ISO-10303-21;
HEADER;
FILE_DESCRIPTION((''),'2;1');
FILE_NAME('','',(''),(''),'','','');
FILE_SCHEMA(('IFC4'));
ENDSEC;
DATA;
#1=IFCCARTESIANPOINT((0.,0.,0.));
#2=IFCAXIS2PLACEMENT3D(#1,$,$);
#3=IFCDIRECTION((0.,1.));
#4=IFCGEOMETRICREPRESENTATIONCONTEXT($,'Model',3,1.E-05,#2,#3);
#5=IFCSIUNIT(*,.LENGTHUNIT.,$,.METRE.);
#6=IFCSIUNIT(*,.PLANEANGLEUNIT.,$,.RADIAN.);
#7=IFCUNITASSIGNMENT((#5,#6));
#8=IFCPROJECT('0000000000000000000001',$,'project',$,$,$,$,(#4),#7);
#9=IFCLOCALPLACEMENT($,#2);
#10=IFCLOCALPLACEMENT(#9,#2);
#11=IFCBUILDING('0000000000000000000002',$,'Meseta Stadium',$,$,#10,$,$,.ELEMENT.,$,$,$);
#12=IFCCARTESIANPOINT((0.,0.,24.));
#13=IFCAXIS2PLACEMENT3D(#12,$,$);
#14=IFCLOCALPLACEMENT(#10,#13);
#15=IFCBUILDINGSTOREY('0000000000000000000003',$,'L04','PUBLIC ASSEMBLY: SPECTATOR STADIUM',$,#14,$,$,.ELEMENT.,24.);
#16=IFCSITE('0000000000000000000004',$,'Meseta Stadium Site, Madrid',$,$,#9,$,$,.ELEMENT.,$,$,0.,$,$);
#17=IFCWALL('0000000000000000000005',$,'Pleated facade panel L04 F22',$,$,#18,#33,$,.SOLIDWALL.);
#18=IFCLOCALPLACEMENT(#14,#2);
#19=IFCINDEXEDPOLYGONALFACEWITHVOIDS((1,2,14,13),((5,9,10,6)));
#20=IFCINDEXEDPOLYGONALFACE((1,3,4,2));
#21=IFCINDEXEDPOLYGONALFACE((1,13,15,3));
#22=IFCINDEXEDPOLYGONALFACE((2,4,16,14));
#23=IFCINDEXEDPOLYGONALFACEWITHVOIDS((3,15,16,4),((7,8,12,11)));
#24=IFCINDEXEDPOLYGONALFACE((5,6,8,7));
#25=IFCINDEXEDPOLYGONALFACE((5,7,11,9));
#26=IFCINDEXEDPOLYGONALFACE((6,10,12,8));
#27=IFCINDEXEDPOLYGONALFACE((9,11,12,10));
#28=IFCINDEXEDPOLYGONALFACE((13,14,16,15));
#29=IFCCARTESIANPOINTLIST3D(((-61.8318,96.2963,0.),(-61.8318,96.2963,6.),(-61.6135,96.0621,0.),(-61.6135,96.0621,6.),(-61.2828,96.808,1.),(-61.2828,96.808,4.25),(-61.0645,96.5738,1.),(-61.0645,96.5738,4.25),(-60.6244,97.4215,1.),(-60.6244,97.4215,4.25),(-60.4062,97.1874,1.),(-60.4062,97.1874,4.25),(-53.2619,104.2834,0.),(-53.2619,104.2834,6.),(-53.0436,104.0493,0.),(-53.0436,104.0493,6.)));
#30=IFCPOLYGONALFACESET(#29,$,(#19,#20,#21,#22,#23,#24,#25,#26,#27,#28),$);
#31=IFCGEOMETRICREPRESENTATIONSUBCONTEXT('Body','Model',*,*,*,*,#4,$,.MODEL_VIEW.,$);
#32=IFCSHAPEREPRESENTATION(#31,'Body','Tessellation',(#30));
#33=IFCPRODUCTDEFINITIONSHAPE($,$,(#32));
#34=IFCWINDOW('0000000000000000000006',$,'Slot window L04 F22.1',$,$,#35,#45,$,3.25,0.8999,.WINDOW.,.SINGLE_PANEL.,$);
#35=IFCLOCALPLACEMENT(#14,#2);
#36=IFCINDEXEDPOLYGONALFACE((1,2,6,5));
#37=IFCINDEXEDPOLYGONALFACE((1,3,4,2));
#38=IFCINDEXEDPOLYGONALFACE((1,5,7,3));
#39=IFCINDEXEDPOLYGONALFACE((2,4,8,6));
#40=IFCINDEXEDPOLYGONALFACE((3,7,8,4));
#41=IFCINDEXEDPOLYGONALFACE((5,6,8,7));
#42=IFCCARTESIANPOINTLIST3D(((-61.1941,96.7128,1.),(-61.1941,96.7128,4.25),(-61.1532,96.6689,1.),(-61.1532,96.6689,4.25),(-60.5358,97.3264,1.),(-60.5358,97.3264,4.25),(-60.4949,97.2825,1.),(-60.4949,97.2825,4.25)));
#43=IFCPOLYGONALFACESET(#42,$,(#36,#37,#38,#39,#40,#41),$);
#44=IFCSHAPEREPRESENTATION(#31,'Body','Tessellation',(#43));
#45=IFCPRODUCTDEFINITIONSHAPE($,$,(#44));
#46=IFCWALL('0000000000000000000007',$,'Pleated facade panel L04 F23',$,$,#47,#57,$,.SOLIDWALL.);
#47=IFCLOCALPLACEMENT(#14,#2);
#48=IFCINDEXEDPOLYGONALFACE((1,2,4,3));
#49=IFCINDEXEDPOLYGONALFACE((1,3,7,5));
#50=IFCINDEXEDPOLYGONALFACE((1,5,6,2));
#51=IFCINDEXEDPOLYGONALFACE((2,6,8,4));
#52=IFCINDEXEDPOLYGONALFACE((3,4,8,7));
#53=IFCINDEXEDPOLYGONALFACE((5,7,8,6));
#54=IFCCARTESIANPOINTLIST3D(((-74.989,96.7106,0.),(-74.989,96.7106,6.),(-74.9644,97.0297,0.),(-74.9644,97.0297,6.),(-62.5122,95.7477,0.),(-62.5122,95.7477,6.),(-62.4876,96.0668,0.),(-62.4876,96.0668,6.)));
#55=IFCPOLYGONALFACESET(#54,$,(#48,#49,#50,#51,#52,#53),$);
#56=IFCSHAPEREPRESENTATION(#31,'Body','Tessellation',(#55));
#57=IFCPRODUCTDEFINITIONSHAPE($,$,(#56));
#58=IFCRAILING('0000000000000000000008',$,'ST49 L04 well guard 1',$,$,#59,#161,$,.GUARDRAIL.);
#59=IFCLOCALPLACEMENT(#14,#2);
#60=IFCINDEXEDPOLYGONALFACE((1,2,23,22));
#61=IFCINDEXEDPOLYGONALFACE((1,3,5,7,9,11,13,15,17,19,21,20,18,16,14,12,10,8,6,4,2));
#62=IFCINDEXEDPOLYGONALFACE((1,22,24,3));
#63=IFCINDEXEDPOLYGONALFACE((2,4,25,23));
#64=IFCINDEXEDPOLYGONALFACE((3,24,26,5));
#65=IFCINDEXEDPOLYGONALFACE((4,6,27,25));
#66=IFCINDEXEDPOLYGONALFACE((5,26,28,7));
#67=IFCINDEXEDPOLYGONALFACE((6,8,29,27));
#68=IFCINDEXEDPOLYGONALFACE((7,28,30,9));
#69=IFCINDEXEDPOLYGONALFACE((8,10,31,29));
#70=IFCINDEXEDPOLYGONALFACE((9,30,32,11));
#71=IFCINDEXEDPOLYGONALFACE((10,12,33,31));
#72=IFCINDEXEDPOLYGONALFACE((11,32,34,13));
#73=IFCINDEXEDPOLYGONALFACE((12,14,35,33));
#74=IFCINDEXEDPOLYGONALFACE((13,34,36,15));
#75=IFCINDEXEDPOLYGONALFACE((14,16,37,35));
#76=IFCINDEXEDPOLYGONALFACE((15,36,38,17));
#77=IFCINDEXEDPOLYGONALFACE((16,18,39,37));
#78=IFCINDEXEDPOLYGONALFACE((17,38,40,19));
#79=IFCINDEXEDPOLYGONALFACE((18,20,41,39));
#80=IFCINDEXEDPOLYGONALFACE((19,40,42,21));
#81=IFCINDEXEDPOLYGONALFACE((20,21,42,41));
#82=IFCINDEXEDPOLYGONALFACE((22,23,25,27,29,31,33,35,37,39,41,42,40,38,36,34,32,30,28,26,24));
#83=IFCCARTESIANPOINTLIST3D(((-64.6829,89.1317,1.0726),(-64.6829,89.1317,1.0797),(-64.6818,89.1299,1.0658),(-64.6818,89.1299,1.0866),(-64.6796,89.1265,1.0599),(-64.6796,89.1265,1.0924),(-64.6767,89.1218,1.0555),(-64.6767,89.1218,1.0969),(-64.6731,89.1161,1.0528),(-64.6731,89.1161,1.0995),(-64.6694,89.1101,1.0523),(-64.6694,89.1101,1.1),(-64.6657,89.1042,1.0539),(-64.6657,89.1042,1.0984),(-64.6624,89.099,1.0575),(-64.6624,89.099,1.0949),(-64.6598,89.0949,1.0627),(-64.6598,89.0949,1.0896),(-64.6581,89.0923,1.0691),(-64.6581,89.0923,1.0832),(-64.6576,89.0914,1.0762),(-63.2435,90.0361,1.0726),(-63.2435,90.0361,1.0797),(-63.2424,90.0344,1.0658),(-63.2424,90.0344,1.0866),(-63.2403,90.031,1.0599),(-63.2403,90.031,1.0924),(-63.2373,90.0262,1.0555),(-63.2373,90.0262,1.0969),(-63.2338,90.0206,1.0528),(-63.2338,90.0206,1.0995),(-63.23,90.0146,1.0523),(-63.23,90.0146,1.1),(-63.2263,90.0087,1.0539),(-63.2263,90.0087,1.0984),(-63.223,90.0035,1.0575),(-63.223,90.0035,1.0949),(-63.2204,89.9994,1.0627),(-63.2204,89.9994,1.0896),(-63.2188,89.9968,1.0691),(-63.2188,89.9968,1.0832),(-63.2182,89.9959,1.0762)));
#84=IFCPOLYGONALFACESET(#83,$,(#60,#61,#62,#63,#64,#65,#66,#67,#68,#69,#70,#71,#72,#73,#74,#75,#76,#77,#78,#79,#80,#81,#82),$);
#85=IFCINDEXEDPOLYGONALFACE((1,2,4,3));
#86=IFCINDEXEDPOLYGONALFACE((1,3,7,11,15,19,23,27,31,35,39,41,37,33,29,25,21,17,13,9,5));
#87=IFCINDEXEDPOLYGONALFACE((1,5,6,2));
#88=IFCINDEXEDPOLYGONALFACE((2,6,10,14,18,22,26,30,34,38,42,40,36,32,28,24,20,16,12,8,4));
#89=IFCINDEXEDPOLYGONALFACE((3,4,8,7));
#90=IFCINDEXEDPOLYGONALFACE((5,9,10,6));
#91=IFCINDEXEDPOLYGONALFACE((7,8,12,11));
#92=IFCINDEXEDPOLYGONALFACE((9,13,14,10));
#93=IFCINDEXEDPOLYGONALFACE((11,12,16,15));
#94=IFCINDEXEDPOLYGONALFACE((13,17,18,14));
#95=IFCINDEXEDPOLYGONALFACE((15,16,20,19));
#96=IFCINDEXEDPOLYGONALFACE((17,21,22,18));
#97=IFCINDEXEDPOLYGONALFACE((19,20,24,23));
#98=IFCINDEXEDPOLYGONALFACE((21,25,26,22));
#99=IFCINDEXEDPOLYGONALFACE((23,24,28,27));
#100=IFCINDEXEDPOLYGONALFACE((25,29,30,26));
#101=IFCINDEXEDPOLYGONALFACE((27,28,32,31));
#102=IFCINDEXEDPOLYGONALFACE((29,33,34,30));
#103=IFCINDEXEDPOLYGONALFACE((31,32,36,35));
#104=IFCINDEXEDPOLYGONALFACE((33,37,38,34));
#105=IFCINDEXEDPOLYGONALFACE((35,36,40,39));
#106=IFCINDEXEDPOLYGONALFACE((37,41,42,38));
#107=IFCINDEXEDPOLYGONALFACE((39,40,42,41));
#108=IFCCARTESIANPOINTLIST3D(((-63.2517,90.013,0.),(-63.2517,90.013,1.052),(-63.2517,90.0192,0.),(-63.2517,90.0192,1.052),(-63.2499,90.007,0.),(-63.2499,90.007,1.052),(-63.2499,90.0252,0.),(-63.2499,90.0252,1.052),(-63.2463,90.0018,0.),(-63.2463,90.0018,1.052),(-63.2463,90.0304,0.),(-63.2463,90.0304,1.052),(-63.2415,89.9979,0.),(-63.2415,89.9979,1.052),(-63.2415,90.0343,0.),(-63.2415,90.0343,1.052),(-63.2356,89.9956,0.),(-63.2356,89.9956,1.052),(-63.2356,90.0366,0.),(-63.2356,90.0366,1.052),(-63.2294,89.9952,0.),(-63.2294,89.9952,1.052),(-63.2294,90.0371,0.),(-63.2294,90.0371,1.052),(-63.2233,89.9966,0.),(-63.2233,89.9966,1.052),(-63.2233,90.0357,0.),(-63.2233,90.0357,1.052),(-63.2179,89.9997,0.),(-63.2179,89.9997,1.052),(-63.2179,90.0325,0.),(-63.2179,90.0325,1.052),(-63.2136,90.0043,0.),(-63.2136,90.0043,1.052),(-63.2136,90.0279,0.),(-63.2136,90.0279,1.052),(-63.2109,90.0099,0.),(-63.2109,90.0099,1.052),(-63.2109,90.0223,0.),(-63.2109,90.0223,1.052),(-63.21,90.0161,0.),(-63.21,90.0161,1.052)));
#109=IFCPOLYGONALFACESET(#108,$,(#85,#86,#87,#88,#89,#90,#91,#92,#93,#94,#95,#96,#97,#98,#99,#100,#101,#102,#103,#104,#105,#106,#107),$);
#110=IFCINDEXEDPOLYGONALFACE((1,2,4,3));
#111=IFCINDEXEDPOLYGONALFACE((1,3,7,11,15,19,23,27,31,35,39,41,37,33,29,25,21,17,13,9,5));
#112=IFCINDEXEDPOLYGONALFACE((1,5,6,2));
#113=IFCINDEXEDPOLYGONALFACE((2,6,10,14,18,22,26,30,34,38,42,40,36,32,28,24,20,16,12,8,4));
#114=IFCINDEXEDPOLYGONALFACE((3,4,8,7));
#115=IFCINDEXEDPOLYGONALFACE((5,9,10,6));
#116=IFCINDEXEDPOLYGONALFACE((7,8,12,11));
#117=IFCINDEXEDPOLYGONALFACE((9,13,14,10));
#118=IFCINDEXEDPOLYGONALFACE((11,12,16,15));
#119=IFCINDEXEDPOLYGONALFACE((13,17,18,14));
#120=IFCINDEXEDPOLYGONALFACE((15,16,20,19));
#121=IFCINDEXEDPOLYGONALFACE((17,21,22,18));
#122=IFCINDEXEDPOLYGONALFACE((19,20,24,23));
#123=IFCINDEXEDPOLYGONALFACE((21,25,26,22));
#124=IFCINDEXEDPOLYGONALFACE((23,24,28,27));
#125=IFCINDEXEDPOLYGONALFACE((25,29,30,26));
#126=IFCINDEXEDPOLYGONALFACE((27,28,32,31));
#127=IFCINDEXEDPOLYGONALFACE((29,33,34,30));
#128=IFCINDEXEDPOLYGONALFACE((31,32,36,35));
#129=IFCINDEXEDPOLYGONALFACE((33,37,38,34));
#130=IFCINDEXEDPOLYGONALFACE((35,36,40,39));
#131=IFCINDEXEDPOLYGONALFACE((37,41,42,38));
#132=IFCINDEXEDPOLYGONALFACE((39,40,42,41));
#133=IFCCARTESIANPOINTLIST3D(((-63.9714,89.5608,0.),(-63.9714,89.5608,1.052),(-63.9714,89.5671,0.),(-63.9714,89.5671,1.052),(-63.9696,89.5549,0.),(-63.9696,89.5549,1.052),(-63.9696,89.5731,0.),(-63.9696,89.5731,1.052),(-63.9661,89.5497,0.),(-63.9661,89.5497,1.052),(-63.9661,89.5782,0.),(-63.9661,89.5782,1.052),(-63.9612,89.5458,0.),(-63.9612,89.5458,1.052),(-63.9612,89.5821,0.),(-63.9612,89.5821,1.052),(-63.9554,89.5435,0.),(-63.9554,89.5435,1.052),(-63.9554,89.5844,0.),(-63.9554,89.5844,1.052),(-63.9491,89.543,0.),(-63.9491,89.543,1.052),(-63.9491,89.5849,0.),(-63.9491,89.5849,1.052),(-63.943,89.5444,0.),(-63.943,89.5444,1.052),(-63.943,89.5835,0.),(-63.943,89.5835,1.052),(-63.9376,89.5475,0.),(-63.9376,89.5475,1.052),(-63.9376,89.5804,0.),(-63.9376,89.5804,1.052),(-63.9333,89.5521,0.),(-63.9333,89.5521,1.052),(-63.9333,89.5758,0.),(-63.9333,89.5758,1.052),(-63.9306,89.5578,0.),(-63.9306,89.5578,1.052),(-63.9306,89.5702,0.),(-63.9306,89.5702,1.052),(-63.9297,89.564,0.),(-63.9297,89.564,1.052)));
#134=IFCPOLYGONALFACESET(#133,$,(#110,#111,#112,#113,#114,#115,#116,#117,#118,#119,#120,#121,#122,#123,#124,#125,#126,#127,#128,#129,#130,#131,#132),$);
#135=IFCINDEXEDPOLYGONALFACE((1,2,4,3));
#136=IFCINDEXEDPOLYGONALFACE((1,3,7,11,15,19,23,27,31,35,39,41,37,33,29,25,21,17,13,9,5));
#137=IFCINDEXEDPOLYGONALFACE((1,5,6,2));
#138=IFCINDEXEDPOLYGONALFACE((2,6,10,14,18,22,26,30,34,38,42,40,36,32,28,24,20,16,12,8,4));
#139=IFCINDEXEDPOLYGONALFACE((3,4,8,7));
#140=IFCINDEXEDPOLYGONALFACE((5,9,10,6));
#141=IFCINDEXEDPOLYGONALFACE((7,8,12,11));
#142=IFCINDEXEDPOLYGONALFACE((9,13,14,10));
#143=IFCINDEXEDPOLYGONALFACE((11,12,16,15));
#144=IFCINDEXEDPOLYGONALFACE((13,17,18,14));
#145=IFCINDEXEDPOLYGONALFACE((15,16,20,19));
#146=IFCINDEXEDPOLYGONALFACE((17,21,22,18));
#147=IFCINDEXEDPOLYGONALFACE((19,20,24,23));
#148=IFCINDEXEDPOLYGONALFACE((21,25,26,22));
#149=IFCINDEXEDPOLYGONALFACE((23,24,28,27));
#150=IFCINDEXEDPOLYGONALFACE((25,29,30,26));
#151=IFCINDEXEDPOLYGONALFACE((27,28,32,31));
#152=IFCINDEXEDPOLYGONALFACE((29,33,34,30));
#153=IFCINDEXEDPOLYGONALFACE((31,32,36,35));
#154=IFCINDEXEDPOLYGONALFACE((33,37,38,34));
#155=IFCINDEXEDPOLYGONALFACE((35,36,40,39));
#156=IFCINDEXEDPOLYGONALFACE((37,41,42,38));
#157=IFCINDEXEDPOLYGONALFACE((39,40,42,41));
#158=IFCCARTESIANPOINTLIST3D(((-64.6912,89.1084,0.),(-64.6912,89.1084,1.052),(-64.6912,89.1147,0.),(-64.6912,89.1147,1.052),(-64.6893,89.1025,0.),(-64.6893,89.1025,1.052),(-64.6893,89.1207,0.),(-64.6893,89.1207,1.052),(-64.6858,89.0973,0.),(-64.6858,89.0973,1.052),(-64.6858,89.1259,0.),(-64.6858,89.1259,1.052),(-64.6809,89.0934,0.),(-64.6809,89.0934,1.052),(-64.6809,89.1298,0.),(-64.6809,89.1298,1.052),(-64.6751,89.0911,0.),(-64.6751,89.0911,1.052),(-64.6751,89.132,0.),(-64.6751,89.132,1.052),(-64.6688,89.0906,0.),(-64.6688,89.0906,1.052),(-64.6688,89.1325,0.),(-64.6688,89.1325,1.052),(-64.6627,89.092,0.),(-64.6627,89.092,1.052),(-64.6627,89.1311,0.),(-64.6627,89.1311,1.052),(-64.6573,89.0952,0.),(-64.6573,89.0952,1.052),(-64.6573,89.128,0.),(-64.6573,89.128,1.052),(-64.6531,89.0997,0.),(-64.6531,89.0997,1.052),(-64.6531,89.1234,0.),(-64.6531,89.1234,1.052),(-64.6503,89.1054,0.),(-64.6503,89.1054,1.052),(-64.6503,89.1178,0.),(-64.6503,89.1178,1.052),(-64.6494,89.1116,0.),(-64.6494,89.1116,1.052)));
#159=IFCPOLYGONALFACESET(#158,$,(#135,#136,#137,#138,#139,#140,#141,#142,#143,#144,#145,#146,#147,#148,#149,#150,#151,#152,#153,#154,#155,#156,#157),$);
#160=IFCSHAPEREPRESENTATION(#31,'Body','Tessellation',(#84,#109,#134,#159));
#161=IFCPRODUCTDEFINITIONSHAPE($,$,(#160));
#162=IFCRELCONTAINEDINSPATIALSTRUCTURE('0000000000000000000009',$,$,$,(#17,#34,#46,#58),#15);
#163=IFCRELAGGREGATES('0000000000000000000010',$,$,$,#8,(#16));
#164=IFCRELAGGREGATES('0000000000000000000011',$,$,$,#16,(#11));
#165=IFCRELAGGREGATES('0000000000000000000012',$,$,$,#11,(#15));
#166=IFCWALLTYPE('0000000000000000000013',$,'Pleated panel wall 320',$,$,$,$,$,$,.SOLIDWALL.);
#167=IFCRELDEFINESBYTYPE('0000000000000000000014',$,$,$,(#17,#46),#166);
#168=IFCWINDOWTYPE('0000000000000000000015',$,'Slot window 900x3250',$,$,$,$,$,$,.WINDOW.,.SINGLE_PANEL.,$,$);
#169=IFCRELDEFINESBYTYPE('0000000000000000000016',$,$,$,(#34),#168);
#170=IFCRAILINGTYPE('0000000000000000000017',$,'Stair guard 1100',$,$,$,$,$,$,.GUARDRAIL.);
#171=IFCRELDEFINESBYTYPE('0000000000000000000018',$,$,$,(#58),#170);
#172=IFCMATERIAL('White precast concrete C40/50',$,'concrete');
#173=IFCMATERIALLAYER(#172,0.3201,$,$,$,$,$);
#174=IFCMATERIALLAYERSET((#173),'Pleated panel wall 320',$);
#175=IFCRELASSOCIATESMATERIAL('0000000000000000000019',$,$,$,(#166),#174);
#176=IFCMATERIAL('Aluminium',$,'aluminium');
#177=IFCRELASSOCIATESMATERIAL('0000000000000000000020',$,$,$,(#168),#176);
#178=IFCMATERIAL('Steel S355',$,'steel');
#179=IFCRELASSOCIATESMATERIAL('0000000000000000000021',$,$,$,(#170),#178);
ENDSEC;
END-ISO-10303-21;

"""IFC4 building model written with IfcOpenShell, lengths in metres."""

from ifc_helpers import new_model, si_unit, direction, frame, frame_2d, origin, origin_2d, place, context, subcontext, project, spatial, rectangle, circle, extrude, material, layer, layer_set, type_object, element, fill, save


model = new_model("IFC4")

# Units and contexts
model_context = context("Model", 3, precision=1e-05, world=origin(), true_north=direction((0.0, 1.0)))
body_context = subcontext(model_context, "Body", "Model", "MODEL_VIEW")
ifc_project = project(units=[si_unit("LENGTHUNIT", "METRE"), si_unit("PLANEANGLEUNIT", "RADIAN")], contexts=[model_context])

# Site, building, storey
site_placement = place(None, origin())
site = spatial("IfcSite", under=ifc_project, at=site_placement, Name="Meseta Stadium Site, Madrid", CompositionType="ELEMENT", RefElevation=0.0)
building_placement = place(site_placement, origin())
building = spatial("IfcBuilding", under=site, at=building_placement, Name="Meseta Stadium", CompositionType="ELEMENT")
storey_placement = place(building_placement, frame((0.0, 0.0, 24.0)))
storey = spatial("IfcBuildingStorey", under=building, at=storey_placement, Name="L04", Description="PUBLIC ASSEMBLY: SPECTATOR STADIUM", CompositionType="ELEMENT", Elevation=24.0)

# Wall, opening, window
ifc_material_1 = material(Name="White precast concrete C40/50", Category="concrete")
ifc_layer_1 = layer(ifc_material_1, 0.3201)
ifc_layer_set_1 = layer_set([ifc_layer_1], Name="Pleated panel wall 320")
wall_type_1 = type_object("IfcWallType", Name="Pleated panel wall 320", PredefinedType="SOLIDWALL", material=ifc_layer_set_1)
wall_1_placement = place(storey_placement, frame((-61.7227, 96.1792, 0.0), z_axis=(0.0, 0.0, 1.0), x_axis=(0.731542, 0.681796, 0.0)))
wall_1 = element("IfcWall", 1, at=wall_1_placement, inside=storey, type_object=wall_type_1, Name="Pleated facade panel L04 F22", PredefinedType="SOLIDWALL", context=body_context, shape_type="SweptSolid", body=[
    extrude(rectangle(XDim=11.7148, YDim=0.3201, at=frame_2d((5.8574, 0.0))), origin(), (0.0, 0.0, 1.0), 6.0),
])
opening_1_placement = place(wall_1_placement, frame((0.7505, 0.0, 1.0)))
opening_1 = element("IfcOpeningElement", 2, at=opening_1_placement, cuts=wall_1, PredefinedType="OPENING", context=body_context, shape_type="SweptSolid", body=[
    extrude(rectangle(XDim=0.8999, YDim=3.25, at=frame_2d((0.45, 1.625))), frame((0.0, 0.1699, 0.0), z_axis=(0.0, -1.0, 0.0), x_axis=(1.0, 0.0, 0.0)), (0.0, 0.0, 1.0), 0.3401),
])
ifc_material_2 = material(Name="Aluminium", Category="aluminium")
window_type = type_object("IfcWindowType", Name="Slot window 900x3250", PartitioningType="SINGLE_PANEL", PredefinedType="WINDOW", material=ifc_material_2)
window_placement = place(opening_1_placement, origin())
window = element("IfcWindow", 3, at=window_placement, inside=storey, type_object=window_type, Name="Slot window L04 F22.1", OverallHeight=3.25, OverallWidth=0.8999, PartitioningType="SINGLE_PANEL", PredefinedType="WINDOW", context=body_context, shape_type="SweptSolid", body=[
    extrude(rectangle(XDim=0.8999, YDim=3.25, at=frame_2d((0.45, 1.625))), frame((0.0, 0.03, 0.0), z_axis=(0.0, -1.0, 0.0), x_axis=(1.0, 0.0, 0.0)), (0.0, 0.0, 1.0), 0.0601),
])
fill(opening_1, window)

# Wall
wall_2_placement = place(storey_placement, frame((-74.9766, 96.8701, 0.0), z_axis=(0.0, 0.0, 1.0), x_axis=(0.997035, -0.076946, 0.0)))
element("IfcWall", 4, at=wall_2_placement, inside=storey, type_object=wall_type_1, Name="Pleated facade panel L04 F23", PredefinedType="SOLIDWALL", context=body_context, shape_type="SweptSolid", body=[
    extrude(rectangle(XDim=12.5139, YDim=0.3201, at=frame_2d((6.2568, 0.0))), origin(), (0.0, 0.0, 1.0), 6.0),
])

# Railing
ifc_material_3 = material(Name="Steel S355", Category="steel")
railing_type = type_object("IfcRailingType", Name="Stair guard 1100", PredefinedType="GUARDRAIL", material=ifc_material_3)
for number, where, name in (
    (5, (-63.231, 90.0161, 0.0), "ST49 L04 well guard 1"),
):
    element("IfcRailing", number, at=place(storey_placement, frame(where)), inside=storey, type_object=railing_type, Name=name, PredefinedType="GUARDRAIL", context=body_context, shape_type="SweptSolid", body=[
        extrude(circle(Radius=0.0239, at=origin_2d()), frame((0.0, 0.0, 1.0762), z_axis=(-0.846705, -0.532063, 0.0), x_axis=(0.532063, -0.846705, 0.0)), (0.0, 0.0, 1.0), 1.7),
        extrude(circle(Radius=0.021, at=origin_2d()), origin(), (0.0, 0.0, 1.0), 1.052),
        extrude(circle(Radius=0.021, at=origin_2d()), frame((-0.7197, -0.4521, 0.0)), (0.0, 0.0, 1.0), 1.052),
        extrude(circle(Radius=0.021, at=origin_2d()), frame((-1.4395, -0.9045, 0.0)), (0.0, 0.0, 1.0), 1.052),
    ])

save(model, "model.ifc")
